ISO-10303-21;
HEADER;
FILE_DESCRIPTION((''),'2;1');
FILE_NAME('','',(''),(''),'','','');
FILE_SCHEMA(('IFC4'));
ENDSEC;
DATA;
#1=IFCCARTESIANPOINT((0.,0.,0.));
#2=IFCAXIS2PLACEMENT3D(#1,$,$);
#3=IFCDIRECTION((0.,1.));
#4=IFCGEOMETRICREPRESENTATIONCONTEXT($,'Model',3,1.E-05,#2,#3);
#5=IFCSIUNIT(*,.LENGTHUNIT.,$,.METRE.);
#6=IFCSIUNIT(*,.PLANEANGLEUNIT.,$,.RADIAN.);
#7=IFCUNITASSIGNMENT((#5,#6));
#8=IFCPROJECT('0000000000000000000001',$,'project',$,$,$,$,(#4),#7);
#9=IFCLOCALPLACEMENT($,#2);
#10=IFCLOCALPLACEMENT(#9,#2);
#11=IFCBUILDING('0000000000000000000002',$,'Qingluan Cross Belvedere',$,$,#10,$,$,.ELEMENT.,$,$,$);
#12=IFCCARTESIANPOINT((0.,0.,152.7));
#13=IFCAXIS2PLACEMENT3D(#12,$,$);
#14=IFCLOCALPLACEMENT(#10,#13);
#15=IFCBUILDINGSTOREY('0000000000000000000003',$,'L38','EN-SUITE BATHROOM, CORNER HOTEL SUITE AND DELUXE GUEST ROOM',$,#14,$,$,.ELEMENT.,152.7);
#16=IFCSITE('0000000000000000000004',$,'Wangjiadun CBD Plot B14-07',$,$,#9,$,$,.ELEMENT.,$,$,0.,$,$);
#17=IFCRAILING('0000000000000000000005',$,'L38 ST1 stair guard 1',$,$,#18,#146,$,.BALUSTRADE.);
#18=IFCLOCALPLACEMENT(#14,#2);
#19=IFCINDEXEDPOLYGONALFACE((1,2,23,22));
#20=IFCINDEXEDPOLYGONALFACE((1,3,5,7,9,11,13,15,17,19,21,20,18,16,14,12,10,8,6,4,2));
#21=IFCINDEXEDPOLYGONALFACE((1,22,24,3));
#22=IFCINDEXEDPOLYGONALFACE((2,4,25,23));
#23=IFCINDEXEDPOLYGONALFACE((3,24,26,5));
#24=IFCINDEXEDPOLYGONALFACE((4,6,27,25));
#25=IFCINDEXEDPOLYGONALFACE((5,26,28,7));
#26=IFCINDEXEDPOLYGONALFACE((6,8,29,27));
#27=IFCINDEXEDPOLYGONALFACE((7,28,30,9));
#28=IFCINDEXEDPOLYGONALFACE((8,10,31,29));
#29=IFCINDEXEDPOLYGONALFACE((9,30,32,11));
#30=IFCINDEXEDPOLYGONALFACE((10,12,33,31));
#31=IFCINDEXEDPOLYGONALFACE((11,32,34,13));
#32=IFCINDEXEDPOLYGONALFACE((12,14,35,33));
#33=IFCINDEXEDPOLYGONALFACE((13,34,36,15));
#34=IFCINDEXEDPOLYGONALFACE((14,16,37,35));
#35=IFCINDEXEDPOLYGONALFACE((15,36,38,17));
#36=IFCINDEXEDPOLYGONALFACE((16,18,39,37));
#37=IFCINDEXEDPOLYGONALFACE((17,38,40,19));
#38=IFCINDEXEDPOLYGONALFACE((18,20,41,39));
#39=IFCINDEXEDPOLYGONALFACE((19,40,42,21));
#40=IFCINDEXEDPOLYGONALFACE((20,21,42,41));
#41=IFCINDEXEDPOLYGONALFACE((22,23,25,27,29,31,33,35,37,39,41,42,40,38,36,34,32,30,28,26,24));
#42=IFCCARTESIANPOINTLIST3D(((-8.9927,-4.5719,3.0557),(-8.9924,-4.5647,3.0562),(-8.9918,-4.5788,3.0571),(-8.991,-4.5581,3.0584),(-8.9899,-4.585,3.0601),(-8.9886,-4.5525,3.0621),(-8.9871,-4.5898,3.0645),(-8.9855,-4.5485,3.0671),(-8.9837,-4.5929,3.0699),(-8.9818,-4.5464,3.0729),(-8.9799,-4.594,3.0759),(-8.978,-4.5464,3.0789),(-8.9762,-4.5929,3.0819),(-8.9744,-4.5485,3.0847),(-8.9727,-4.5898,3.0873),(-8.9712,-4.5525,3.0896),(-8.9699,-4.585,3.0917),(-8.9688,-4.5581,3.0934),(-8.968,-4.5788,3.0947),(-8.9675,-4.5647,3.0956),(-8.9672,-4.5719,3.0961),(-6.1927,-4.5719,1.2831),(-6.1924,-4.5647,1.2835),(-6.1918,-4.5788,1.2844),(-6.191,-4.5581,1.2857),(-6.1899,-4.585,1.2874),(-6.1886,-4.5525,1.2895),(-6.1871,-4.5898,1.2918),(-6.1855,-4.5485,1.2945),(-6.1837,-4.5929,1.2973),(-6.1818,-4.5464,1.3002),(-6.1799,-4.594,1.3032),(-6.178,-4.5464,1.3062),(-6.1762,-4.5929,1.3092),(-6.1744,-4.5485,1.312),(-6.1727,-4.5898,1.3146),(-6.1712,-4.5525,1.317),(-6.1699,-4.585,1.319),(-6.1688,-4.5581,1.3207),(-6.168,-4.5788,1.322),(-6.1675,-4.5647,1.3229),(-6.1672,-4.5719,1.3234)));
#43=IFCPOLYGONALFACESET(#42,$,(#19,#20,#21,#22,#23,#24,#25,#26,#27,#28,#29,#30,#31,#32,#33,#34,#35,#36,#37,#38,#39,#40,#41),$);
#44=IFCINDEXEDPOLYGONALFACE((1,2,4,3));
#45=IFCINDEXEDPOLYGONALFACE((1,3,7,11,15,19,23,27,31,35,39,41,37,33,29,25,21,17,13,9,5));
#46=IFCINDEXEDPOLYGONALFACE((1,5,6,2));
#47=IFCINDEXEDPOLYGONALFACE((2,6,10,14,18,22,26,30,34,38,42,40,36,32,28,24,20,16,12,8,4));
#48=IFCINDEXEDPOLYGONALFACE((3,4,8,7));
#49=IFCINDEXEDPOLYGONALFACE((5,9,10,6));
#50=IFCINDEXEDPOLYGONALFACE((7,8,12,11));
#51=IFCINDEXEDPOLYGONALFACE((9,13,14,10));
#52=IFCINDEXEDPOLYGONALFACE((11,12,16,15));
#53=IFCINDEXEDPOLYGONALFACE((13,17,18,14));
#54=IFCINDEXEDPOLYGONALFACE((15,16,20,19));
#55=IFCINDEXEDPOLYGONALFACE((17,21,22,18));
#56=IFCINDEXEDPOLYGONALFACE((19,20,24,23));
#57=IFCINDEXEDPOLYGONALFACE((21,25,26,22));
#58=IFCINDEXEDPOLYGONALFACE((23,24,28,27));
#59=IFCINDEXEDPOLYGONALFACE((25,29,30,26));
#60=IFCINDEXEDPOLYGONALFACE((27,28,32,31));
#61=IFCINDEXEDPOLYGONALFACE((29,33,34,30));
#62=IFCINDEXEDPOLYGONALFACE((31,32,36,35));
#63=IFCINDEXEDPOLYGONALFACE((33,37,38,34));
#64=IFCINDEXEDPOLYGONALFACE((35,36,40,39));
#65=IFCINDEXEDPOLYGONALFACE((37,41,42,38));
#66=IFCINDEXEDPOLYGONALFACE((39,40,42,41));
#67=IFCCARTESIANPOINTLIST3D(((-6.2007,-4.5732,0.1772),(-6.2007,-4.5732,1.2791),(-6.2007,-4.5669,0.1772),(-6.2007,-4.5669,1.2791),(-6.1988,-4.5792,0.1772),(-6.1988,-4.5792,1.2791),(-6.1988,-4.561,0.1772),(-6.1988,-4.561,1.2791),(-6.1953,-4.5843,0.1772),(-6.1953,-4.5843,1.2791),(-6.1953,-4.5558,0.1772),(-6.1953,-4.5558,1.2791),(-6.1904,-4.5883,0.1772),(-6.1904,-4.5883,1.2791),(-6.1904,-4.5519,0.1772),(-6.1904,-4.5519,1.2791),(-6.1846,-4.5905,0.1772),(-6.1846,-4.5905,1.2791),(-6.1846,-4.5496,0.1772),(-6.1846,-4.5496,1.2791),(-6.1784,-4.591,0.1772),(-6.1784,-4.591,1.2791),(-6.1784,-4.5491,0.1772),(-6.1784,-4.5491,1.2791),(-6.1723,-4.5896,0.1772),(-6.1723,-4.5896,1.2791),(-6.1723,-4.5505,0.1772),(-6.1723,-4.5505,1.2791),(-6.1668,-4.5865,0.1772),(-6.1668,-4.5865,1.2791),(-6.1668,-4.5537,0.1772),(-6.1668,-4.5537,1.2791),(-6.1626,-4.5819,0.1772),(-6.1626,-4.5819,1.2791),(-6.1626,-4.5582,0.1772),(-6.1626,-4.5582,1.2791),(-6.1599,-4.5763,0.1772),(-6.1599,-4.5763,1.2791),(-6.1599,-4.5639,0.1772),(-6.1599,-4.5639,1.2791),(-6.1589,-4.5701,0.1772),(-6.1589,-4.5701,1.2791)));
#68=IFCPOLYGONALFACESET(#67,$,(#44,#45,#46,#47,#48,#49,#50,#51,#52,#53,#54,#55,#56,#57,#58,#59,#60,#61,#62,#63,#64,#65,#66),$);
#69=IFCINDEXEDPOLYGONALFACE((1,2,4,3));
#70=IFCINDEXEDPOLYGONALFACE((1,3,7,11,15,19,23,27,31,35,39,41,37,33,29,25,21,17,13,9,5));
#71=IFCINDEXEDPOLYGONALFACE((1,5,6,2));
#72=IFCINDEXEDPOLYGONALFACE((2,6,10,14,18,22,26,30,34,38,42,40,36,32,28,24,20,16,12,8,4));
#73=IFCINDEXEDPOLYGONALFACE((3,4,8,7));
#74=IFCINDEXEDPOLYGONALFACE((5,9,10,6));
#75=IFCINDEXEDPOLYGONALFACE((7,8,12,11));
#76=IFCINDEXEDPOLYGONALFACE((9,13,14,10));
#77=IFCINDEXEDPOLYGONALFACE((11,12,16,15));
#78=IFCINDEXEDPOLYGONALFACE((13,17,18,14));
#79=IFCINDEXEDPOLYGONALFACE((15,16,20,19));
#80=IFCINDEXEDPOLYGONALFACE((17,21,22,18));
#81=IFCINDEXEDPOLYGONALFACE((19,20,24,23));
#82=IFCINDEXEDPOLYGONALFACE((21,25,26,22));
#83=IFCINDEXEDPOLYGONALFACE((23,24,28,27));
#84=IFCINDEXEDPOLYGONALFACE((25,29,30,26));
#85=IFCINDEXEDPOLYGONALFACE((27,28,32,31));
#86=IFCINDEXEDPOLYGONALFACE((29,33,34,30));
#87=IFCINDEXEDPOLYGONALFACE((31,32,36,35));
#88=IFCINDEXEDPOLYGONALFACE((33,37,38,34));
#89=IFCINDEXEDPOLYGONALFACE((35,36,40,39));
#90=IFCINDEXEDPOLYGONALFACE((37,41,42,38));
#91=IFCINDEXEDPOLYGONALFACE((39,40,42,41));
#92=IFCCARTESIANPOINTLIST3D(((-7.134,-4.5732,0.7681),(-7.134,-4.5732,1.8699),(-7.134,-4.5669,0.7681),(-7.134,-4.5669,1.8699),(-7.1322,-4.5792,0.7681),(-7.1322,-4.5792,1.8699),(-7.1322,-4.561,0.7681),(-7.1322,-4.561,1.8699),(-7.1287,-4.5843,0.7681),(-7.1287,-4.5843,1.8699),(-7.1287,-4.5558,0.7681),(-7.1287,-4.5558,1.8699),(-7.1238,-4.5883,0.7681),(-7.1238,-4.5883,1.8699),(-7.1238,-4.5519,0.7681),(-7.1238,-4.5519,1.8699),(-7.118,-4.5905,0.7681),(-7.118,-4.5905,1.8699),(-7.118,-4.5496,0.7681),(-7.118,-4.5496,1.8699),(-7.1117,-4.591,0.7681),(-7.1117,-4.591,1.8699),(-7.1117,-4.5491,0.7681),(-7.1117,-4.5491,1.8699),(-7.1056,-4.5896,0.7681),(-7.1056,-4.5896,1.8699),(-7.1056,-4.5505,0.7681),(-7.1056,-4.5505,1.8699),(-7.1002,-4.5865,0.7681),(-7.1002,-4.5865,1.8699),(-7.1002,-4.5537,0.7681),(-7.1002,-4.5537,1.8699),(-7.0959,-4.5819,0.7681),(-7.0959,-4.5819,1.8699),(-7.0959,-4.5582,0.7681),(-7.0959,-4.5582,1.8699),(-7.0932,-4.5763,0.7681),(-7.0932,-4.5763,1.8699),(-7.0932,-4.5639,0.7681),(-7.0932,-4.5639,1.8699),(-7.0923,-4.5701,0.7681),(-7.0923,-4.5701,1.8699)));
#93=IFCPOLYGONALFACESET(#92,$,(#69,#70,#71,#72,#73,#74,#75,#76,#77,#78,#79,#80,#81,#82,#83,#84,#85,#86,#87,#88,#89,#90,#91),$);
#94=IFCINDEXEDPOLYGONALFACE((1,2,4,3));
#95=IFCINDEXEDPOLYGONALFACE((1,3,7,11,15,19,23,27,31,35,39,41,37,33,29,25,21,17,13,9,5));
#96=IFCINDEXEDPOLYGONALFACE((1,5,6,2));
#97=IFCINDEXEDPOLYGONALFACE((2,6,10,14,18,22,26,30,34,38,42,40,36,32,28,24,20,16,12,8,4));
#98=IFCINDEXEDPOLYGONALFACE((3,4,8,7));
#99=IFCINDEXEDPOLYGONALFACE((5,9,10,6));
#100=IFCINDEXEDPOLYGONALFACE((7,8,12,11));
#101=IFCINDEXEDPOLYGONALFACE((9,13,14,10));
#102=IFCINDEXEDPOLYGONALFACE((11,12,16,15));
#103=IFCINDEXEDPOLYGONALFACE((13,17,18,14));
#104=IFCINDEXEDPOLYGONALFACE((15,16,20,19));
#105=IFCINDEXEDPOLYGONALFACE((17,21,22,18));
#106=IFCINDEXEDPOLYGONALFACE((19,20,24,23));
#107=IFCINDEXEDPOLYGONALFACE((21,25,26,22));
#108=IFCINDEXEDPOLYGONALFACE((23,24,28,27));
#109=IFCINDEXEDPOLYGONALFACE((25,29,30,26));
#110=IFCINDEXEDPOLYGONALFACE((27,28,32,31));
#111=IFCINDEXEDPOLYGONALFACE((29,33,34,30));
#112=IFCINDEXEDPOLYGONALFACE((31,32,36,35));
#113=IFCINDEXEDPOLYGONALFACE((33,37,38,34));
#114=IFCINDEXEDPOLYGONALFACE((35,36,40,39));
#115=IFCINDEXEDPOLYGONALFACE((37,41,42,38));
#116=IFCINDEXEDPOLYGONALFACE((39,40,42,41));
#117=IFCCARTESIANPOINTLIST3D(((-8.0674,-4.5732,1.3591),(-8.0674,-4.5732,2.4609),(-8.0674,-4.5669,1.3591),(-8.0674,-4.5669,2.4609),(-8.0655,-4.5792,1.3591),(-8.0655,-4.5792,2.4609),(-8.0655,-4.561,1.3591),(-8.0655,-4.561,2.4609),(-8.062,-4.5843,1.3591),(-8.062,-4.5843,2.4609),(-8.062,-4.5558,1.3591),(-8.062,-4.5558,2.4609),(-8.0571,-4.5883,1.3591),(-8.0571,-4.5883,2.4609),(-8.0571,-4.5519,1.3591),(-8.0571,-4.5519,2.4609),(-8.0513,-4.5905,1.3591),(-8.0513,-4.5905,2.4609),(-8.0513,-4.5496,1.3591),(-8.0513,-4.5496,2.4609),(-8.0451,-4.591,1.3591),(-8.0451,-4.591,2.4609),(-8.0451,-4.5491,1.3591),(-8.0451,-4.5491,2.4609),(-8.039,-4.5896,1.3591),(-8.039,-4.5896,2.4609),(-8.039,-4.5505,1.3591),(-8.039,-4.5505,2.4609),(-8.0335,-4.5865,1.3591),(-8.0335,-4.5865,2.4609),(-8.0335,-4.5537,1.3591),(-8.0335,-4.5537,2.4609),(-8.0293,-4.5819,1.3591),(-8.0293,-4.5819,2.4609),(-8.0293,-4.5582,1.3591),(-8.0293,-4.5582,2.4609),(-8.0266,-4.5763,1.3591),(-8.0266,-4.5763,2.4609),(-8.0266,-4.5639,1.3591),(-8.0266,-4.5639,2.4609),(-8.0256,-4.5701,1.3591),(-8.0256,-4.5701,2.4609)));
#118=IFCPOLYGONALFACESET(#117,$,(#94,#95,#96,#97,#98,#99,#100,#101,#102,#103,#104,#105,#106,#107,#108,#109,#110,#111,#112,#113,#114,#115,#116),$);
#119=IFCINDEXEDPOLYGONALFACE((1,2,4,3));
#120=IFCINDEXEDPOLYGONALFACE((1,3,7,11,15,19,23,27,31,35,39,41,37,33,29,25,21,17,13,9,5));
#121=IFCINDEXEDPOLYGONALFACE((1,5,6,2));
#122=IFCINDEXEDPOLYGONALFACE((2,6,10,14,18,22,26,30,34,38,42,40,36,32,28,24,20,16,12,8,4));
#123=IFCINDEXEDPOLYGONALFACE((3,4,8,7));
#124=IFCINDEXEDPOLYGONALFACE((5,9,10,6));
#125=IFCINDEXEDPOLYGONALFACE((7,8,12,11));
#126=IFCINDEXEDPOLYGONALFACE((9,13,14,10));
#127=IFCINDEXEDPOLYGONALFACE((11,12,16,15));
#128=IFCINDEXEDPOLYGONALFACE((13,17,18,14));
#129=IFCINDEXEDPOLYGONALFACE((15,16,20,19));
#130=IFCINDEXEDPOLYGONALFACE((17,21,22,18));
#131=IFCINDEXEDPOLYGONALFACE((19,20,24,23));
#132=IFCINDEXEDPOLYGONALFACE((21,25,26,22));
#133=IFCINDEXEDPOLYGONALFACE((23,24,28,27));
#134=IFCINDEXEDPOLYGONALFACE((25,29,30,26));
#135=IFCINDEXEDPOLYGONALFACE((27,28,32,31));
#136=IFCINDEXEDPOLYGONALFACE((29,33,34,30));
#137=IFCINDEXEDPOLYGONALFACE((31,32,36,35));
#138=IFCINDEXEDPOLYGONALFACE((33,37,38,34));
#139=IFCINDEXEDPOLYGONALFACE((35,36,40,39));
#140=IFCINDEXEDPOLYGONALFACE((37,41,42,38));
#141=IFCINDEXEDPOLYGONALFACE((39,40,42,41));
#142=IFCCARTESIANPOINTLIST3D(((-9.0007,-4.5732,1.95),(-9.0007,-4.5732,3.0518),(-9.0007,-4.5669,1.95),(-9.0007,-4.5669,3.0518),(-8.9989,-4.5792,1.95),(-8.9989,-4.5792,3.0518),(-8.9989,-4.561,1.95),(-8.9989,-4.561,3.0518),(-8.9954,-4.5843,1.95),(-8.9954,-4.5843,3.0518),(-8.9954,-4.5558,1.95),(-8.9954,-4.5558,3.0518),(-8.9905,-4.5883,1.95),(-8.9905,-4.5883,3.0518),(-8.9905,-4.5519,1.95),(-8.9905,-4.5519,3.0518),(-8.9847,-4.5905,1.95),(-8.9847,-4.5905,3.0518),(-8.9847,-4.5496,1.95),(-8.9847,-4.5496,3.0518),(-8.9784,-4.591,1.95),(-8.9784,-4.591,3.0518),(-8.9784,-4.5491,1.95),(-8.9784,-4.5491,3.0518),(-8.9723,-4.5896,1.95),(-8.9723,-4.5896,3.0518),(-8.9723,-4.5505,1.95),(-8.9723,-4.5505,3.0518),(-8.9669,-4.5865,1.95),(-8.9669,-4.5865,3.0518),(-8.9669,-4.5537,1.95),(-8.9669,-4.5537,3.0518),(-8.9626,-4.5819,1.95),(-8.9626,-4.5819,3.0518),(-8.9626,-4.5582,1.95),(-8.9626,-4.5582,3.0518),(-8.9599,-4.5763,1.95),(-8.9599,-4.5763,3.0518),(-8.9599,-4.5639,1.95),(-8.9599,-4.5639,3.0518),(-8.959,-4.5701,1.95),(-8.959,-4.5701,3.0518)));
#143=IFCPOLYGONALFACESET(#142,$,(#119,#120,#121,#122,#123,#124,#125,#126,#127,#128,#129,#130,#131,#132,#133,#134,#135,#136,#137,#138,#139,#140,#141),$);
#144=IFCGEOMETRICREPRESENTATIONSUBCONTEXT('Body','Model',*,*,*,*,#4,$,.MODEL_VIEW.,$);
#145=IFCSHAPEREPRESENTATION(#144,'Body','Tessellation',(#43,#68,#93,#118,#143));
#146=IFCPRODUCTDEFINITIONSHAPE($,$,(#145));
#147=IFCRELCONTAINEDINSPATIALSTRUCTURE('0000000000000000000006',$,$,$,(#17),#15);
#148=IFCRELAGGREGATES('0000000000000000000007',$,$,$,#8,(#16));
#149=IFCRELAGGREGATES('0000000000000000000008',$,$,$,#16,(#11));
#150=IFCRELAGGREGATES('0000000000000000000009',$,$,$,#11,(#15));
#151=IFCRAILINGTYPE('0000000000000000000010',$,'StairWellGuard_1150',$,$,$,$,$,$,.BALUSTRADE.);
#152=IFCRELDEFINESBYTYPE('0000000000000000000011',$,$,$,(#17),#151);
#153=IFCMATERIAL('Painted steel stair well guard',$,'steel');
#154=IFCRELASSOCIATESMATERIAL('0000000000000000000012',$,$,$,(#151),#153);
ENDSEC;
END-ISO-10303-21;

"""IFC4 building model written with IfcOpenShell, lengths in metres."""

from ifc_helpers import new_model, si_unit, direction, frame, origin, origin_2d, place, context, subcontext, project, spatial, circle, extrude, material, type_object, element, save


model = new_model("IFC4")

# Units and contexts
model_context = context("Model", 3, precision=1e-05, world=origin(), true_north=direction((0.0, 1.0)))
body_context = subcontext(model_context, "Body", "Model", "MODEL_VIEW")
ifc_project = project(units=[si_unit("LENGTHUNIT", "METRE"), si_unit("PLANEANGLEUNIT", "RADIAN")], contexts=[model_context])

# Site, building, storey
site_placement = place(None, origin())
site = spatial("IfcSite", under=ifc_project, at=site_placement, Name="Wangjiadun CBD Plot B14-07", CompositionType="ELEMENT", RefElevation=0.0)
building_placement = place(site_placement, origin())
building = spatial("IfcBuilding", under=site, at=building_placement, Name="Qingluan Cross Belvedere", CompositionType="ELEMENT")
storey_placement = place(building_placement, frame((0.0, 0.0, 152.7)))
storey = spatial("IfcBuildingStorey", under=building, at=storey_placement, Name="L38", Description="EN-SUITE BATHROOM, CORNER HOTEL SUITE AND DELUXE GUEST ROOM", CompositionType="ELEMENT", Elevation=152.7)

# Railing
ifc_material_1 = material(Name="Painted steel stair well guard", Category="steel")
railing_type_1 = type_object("IfcRailingType", Name="StairWellGuard_1150", PredefinedType="BALUSTRADE", material=ifc_material_1)
railing_1_placement = place(storey_placement, frame((-6.1799, -4.5701, 0.1772)))
element("IfcRailing", 1, at=railing_1_placement, inside=storey, type_object=railing_type_1, Name="L38 ST1 stair guard 1", PredefinedType="BALUSTRADE", context=body_context, shape_type="SweptSolid", body=[
    extrude(circle(Radius=0.0239, at=origin_2d()), frame((0.0, 0.0, 1.126), z_axis=(-0.844909, 0.0, 0.53491), x_axis=(0.0, -1.0, 0.0)), (0.0, 0.0, 1.0), 3.314),
    extrude(circle(Radius=0.021, at=origin_2d()), origin(), (0.0, 0.0, 1.0), 1.1018),
    extrude(circle(Radius=0.021, at=origin_2d()), frame((-0.9333, 0.0, 0.5908)), (0.0, 0.0, 1.0), 1.1018),
    extrude(circle(Radius=0.021, at=origin_2d()), frame((-1.8667, 0.0, 1.1819)), (0.0, 0.0, 1.0), 1.1018),
    extrude(circle(Radius=0.021, at=origin_2d()), frame((-2.8, 0.0, 1.7727)), (0.0, 0.0, 1.0), 1.1018),
])

save(model, "model.ifc")
